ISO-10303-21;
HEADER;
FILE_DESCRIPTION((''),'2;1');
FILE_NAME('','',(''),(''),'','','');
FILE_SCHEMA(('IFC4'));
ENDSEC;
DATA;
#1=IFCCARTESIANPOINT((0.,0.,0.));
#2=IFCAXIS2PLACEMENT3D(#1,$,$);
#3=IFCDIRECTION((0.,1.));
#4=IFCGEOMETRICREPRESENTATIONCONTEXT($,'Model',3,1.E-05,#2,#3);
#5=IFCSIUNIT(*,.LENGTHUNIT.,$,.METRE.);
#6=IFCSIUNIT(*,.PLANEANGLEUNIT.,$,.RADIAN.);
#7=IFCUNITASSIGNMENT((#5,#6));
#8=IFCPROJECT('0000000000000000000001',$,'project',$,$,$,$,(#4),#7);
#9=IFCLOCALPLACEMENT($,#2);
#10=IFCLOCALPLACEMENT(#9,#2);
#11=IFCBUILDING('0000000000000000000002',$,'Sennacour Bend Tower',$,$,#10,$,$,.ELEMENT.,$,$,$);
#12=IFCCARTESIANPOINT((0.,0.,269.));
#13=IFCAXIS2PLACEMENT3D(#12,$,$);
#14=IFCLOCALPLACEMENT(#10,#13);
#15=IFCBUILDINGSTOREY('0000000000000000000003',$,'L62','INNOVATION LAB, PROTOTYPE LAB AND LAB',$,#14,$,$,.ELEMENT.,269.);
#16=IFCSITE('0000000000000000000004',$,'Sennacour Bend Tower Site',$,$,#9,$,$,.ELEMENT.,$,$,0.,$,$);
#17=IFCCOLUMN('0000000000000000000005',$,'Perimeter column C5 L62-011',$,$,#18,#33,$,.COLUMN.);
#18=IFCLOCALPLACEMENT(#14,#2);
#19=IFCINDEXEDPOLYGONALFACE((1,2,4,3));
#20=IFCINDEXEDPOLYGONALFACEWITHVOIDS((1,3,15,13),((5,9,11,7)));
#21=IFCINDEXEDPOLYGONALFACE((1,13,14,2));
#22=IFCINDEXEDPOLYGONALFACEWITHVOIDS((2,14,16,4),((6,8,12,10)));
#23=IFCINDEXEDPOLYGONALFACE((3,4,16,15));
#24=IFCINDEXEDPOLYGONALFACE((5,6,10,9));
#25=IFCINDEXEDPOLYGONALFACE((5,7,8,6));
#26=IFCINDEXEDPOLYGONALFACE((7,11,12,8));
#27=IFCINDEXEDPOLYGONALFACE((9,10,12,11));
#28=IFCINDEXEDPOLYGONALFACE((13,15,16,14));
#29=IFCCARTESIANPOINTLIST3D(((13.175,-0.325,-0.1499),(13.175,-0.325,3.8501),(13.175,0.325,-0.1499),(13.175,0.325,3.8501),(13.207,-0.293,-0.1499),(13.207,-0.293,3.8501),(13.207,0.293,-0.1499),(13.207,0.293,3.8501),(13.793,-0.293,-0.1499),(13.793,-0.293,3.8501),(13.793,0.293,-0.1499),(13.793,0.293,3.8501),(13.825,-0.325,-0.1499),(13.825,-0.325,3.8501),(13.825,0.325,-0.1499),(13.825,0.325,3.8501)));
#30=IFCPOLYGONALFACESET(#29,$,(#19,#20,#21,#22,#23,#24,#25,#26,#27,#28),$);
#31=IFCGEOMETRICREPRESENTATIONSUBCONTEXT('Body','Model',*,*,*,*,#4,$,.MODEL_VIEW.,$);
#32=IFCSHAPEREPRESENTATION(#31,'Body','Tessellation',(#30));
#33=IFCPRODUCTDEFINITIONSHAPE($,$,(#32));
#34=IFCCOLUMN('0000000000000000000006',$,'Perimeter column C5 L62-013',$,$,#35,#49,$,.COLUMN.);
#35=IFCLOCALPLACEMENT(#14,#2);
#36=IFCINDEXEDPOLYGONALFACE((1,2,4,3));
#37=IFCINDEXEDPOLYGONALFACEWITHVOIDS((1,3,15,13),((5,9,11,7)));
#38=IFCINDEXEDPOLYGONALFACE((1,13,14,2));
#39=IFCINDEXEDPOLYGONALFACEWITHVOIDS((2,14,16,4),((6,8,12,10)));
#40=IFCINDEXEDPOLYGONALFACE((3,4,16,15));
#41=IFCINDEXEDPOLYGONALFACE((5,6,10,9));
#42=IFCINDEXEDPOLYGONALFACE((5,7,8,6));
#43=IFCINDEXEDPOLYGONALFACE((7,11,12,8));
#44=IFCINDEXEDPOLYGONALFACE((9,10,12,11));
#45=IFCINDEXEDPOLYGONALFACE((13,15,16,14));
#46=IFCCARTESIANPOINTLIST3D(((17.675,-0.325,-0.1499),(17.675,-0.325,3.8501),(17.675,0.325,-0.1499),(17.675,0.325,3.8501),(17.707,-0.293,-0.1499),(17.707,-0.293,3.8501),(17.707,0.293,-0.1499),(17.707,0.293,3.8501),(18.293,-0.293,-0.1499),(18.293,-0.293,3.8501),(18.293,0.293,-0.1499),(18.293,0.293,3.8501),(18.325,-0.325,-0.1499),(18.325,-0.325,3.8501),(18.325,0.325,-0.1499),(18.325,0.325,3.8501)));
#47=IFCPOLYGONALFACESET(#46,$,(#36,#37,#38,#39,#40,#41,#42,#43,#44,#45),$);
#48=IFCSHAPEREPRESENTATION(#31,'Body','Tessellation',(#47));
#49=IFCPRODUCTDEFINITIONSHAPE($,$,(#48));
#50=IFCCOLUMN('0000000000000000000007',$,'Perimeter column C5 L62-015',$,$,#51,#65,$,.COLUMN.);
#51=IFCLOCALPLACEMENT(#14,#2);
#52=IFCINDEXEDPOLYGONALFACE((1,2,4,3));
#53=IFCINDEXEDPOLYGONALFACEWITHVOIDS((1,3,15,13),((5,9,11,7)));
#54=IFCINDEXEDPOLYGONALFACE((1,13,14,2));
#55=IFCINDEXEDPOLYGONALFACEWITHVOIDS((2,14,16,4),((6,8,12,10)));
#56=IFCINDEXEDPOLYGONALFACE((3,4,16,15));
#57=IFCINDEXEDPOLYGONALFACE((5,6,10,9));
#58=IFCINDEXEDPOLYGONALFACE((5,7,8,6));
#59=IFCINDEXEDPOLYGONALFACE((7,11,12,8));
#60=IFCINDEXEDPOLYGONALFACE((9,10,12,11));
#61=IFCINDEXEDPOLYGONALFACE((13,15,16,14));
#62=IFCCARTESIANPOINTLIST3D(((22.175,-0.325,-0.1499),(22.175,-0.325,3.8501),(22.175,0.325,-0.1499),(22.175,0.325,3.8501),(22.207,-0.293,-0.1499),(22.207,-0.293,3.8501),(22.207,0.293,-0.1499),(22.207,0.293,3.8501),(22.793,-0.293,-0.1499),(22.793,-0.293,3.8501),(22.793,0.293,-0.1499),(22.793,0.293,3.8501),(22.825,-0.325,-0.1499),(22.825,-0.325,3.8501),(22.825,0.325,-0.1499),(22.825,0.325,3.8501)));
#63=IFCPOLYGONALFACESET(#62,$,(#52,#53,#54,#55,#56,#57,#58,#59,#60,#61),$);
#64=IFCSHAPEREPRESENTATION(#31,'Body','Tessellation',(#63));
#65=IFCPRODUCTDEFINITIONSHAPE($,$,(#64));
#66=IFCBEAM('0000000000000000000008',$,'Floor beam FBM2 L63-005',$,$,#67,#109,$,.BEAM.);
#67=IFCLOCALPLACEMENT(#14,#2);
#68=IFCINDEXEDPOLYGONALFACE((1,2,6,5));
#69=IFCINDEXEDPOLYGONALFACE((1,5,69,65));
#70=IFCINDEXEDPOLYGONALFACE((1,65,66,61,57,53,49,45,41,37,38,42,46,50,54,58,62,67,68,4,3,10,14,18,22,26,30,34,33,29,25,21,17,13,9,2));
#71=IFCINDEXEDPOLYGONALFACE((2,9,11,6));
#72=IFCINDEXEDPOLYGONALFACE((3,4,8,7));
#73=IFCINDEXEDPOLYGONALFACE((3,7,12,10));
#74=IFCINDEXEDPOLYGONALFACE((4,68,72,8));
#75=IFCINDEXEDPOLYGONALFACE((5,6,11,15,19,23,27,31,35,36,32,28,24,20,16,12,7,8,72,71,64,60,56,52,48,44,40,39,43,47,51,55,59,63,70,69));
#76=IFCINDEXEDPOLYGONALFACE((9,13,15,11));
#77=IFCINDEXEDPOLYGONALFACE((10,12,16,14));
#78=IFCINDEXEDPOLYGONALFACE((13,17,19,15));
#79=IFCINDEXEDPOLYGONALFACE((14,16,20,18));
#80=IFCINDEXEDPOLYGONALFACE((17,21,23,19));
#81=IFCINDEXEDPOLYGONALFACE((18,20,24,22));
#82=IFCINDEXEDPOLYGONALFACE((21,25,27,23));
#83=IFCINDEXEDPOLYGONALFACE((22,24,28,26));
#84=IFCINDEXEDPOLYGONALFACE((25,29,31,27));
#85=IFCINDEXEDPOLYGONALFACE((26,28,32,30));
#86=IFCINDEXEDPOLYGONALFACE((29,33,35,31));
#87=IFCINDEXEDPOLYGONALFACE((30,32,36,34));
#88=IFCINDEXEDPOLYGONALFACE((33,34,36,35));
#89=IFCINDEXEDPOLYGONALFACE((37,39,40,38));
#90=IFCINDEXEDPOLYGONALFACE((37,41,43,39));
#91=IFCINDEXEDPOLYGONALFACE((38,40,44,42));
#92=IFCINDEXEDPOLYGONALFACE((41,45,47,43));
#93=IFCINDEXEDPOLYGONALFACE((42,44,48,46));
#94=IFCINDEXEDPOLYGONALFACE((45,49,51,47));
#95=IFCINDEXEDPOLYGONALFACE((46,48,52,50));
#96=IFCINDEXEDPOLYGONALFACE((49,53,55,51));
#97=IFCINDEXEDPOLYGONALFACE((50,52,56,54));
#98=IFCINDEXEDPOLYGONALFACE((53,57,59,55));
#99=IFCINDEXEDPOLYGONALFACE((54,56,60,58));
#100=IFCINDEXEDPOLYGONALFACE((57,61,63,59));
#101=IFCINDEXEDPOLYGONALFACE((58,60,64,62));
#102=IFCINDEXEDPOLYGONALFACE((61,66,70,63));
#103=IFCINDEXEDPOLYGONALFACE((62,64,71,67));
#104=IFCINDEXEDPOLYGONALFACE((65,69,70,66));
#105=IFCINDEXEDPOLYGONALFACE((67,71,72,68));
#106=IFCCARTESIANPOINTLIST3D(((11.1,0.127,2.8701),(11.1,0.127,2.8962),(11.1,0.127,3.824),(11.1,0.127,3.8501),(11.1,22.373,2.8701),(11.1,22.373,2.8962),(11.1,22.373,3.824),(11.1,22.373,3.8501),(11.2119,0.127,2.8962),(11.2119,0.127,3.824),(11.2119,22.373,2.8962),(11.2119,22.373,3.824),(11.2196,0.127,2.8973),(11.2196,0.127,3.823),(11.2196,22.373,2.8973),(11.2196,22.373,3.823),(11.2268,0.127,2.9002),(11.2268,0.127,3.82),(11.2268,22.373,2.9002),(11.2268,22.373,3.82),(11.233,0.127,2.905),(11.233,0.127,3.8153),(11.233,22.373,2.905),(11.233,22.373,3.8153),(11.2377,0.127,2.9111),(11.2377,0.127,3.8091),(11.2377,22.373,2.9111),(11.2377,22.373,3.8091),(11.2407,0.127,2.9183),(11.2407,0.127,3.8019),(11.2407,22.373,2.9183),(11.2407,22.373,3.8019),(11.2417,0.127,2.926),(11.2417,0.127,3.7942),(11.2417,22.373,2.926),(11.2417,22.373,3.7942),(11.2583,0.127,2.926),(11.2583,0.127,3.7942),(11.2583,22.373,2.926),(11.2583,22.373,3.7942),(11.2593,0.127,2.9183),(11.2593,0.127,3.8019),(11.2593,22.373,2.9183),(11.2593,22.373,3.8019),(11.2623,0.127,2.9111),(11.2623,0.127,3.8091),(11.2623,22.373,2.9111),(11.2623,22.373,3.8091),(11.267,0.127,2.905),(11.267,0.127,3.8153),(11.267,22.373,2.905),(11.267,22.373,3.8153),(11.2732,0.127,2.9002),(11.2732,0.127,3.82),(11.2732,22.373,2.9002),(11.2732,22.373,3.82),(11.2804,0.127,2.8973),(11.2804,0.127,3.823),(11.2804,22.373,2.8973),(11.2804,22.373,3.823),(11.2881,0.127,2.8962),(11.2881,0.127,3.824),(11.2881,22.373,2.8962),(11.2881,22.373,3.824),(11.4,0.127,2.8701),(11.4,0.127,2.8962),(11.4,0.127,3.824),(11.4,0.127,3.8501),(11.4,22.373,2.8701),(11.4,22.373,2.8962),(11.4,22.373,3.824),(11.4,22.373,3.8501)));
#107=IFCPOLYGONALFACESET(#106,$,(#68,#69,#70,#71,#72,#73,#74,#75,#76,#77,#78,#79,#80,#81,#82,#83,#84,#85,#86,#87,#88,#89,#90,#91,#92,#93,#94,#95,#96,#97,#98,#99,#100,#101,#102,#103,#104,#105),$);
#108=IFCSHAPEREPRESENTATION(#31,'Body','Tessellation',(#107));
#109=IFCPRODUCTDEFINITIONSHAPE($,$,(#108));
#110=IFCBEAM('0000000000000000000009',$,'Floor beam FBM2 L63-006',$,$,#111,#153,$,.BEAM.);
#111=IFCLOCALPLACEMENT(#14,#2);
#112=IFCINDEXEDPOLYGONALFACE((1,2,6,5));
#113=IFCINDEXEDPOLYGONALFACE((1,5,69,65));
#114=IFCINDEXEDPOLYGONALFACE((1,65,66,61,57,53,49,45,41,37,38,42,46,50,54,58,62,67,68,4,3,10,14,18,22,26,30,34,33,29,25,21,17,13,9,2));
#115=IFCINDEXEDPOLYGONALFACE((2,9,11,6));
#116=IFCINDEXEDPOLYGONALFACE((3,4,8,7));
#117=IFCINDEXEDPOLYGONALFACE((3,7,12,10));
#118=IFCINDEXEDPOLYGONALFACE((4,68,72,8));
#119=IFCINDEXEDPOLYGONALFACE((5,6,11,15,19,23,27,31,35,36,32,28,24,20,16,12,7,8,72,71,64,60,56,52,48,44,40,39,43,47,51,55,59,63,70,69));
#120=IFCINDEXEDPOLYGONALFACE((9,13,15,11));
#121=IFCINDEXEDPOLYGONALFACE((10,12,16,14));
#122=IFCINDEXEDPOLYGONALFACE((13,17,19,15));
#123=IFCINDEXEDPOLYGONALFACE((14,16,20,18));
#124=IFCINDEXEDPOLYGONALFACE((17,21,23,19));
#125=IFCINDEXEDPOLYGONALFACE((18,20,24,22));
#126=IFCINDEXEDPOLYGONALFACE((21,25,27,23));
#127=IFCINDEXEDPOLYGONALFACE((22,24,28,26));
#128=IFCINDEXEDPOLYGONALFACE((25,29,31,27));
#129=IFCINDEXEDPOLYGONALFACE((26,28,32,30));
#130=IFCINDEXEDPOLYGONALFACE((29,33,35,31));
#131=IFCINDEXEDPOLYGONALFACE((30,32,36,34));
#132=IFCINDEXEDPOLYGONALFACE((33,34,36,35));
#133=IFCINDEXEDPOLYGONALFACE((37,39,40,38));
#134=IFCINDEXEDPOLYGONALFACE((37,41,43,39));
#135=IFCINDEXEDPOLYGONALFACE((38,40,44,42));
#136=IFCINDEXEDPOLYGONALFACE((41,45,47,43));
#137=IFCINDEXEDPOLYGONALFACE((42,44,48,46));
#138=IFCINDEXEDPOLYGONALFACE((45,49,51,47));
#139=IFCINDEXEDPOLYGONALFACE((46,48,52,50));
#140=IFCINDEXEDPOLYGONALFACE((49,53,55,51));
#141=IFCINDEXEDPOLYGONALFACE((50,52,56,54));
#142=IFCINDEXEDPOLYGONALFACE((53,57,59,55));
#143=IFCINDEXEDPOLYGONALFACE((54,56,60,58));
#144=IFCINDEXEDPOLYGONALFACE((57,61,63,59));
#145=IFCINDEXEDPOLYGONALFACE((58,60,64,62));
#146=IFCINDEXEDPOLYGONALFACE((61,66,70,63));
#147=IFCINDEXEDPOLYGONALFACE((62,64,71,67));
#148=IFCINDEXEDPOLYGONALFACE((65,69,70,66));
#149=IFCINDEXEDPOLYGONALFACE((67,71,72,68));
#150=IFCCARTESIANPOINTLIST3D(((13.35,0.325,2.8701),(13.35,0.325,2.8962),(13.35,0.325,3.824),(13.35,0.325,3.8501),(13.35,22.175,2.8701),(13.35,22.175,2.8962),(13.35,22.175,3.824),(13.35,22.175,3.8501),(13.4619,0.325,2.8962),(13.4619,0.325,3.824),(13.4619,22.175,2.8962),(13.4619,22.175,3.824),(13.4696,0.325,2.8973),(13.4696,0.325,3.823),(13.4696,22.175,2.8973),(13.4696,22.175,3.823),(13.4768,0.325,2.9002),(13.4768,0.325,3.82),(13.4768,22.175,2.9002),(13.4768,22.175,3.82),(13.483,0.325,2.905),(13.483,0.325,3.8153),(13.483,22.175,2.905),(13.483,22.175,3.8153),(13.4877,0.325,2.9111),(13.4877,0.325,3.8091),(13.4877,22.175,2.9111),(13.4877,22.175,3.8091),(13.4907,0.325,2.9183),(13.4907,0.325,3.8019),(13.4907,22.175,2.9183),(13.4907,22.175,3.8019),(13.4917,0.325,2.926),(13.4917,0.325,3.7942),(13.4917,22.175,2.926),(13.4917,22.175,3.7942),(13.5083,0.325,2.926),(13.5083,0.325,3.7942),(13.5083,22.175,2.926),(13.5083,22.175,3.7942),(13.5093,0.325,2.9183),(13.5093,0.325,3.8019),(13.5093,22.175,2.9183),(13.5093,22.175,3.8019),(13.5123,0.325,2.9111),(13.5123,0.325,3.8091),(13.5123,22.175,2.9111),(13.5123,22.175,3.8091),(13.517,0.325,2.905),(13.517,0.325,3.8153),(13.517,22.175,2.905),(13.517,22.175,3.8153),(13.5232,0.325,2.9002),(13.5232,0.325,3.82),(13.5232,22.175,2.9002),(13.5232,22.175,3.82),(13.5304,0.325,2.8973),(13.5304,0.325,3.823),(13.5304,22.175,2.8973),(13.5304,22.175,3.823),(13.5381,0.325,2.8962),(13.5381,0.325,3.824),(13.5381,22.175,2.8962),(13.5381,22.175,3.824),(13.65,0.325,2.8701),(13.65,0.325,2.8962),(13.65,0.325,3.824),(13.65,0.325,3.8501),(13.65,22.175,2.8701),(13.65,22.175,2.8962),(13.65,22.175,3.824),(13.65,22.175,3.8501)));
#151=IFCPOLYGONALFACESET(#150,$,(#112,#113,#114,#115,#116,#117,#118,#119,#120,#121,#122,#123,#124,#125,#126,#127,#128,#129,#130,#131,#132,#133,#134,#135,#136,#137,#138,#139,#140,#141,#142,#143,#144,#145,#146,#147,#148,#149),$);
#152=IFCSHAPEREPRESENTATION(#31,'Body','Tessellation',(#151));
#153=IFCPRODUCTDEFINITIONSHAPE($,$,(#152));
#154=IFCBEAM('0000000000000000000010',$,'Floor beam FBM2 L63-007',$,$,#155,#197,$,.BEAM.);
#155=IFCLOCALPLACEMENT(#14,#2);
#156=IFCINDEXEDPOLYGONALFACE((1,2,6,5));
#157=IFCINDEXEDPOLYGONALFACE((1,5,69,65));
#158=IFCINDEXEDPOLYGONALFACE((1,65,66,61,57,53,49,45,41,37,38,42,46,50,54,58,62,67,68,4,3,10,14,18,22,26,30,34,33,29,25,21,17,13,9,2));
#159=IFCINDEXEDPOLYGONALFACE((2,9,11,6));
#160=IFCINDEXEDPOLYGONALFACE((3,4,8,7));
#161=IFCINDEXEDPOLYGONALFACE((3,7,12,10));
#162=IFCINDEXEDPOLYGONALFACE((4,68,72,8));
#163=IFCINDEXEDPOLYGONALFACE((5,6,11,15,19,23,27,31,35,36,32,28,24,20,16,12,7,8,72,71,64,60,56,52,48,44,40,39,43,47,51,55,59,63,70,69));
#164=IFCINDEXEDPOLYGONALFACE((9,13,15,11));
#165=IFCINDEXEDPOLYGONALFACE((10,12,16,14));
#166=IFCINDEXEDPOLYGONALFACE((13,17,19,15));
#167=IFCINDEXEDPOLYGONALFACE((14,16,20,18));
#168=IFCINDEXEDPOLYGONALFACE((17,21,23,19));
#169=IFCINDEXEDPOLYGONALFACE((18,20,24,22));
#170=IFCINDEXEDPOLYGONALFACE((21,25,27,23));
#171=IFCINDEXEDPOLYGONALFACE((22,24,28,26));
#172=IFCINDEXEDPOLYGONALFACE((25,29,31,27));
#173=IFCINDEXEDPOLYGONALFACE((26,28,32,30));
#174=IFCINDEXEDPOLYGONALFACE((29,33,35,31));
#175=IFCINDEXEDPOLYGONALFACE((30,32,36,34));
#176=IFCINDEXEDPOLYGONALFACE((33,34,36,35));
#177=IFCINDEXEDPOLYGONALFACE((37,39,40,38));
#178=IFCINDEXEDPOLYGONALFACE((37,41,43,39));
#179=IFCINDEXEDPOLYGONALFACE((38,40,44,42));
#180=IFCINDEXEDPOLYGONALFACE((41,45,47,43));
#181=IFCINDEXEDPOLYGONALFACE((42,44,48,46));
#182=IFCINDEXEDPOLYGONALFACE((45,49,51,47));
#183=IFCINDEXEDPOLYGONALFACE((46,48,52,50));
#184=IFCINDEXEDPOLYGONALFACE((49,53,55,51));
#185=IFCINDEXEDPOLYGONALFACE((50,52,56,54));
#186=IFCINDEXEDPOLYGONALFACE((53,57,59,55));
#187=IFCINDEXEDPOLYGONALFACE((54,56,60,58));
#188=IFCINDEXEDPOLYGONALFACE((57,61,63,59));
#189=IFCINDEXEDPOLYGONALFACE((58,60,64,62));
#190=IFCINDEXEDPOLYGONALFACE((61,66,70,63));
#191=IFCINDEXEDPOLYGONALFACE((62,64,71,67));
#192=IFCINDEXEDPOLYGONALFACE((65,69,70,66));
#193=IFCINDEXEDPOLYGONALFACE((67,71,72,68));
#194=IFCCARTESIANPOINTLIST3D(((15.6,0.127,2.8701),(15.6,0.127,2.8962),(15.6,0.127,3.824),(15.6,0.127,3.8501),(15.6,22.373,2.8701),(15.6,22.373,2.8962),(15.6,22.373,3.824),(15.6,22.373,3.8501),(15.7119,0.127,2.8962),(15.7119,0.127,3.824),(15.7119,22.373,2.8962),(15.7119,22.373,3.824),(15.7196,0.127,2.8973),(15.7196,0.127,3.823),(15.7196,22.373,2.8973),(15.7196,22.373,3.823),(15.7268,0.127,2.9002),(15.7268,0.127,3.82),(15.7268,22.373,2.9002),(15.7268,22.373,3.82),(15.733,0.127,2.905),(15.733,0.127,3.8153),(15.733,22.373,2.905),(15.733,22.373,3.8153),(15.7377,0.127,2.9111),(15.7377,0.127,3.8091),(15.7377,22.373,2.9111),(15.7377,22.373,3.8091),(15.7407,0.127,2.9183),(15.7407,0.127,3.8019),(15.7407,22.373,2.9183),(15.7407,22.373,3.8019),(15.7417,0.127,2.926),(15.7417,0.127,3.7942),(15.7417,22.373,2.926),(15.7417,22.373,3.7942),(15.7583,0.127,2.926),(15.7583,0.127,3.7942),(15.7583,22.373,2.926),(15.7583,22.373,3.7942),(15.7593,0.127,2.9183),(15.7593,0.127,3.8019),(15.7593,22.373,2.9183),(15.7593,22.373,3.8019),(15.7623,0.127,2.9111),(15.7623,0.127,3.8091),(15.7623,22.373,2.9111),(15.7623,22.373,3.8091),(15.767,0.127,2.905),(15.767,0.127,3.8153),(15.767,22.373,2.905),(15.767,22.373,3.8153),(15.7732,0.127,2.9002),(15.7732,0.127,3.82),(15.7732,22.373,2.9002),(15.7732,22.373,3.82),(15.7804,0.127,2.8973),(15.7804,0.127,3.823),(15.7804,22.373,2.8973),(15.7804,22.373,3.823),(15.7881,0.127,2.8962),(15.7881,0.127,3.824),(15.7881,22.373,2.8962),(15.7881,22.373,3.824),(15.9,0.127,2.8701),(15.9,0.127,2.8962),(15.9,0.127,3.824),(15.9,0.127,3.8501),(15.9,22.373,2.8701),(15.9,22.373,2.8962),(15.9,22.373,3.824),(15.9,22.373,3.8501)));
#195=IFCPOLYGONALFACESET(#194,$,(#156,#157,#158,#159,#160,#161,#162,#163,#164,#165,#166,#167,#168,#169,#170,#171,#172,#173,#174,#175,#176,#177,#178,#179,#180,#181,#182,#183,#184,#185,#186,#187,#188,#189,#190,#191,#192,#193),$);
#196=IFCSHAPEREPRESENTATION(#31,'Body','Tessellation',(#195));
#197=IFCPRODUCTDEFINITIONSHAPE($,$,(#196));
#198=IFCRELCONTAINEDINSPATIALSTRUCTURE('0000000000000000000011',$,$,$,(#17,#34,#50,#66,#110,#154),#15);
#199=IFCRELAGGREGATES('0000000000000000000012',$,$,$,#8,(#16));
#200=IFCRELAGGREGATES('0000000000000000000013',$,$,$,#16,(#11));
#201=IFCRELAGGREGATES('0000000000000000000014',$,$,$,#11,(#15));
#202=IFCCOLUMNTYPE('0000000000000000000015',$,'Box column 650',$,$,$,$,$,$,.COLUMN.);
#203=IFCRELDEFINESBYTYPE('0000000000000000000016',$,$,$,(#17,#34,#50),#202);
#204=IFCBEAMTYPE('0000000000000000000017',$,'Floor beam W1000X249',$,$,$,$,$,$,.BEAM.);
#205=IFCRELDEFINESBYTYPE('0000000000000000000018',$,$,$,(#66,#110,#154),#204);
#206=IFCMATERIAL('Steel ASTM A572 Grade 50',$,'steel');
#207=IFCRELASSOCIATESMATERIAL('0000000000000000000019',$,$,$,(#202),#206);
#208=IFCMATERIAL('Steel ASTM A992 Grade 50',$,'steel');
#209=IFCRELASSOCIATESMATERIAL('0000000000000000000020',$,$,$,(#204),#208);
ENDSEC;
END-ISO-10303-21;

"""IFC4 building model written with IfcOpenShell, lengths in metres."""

from ifc_helpers import new_model, si_unit, direction, frame, origin, origin_2d, place, context, subcontext, project, spatial, hollow_rectangle, i_section, extrude, material, material_profile, profile_set, type_object, element, save


model = new_model("IFC4")

# Units and contexts
model_context = context("Model", 3, precision=1e-05, world=origin(), true_north=direction((0.0, 1.0)))
body_context = subcontext(model_context, "Body", "Model", "MODEL_VIEW")
ifc_project = project(units=[si_unit("LENGTHUNIT", "METRE"), si_unit("PLANEANGLEUNIT", "RADIAN")], contexts=[model_context])

# Site, building, storey
site_placement = place(None, origin())
site = spatial("IfcSite", under=ifc_project, at=site_placement, Name="Sennacour Bend Tower Site", CompositionType="ELEMENT", RefElevation=0.0)
building_placement = place(site_placement, origin())
building = spatial("IfcBuilding", under=site, at=building_placement, Name="Sennacour Bend Tower", CompositionType="ELEMENT")
storey_placement = place(building_placement, frame((0.0, 0.0, 269.0)))
storey = spatial("IfcBuildingStorey", under=building, at=storey_placement, Name="L62", Description="INNOVATION LAB, PROTOTYPE LAB AND LAB", CompositionType="ELEMENT", Elevation=269.0)

# Columns
ifc_material_1 = material(Name="Steel ASTM A572 Grade 50", Category="steel")
ifc_material_profile_1 = material_profile(ifc_material_1, hollow_rectangle(XDim=0.6499, YDim=0.6499, WallThickness=0.032, at=origin_2d()), Name="Steel ASTM A572 Grade 50", Category="steel")
ifc_profile_set_1 = profile_set([ifc_material_profile_1], Name="Steel ASTM A572 Grade 50")
column_type = type_object("IfcColumnType", Name="Box column 650", PredefinedType="COLUMN", material=ifc_profile_set_1)
for number, where, z_axis, x_axis, name in (
    (1, (13.5, 0.0, -0.1499), (0.0, 0.0, 1.0), (1.0, 0.0, 0.0), "Perimeter column C5 L62-011"),
    (2, (18.0, 0.0, -0.1499), (0.0, 0.0, 1.0), (1.0, 0.0, 0.0), "Perimeter column C5 L62-013"),
    (3, (22.5, 0.0, -0.1499), (0.0, 0.0, 1.0), (1.0, 0.0, 0.0), "Perimeter column C5 L62-015"),
):
    element("IfcColumn", number, at=place(storey_placement, frame(where, z_axis=z_axis, x_axis=x_axis)), inside=storey, type_object=column_type, Name=name, PredefinedType="COLUMN", context=body_context, shape_type="SweptSolid", body=[
        extrude(hollow_rectangle(XDim=0.6499, YDim=0.6499, WallThickness=0.032, at=origin_2d()), origin(), (0.0, 0.0, 1.0), 4.0),
    ])

# Beams
ifc_material_2 = material(Name="Steel ASTM A992 Grade 50", Category="steel")
ifc_material_profile_2 = material_profile(ifc_material_2, i_section(OverallWidth=0.3, OverallDepth=0.98, WebThickness=0.0166, FlangeThickness=0.0261, FilletRadius=0.0298, at=origin_2d()), Name="Steel ASTM A992 Grade 50", Category="steel")
ifc_profile_set_2 = profile_set([ifc_material_profile_2], Name="Steel ASTM A992 Grade 50")
beam_type_1 = type_object("IfcBeamType", Name="Floor beam W1000X249", PredefinedType="BEAM", material=ifc_profile_set_2)
beam_1_placement = place(storey_placement, frame((11.25, 0.127, 3.3601), z_axis=(0.0, 1.0, 0.0), x_axis=(-1.0, 0.0, 0.0)))
element("IfcBeam", 4, at=beam_1_placement, inside=storey, type_object=beam_type_1, Name="Floor beam FBM2 L63-005", PredefinedType="BEAM", context=body_context, shape_type="SweptSolid", body=[
    extrude(i_section(OverallWidth=0.3, OverallDepth=0.98, WebThickness=0.0166, FlangeThickness=0.0261, FilletRadius=0.0298, at=origin_2d()), origin(), (0.0, 0.0, 1.0), 22.2461),
])
beam_2_placement = place(storey_placement, frame((13.5, 0.325, 3.3601), z_axis=(0.0, 1.0, 0.0), x_axis=(-1.0, 0.0, 0.0)))
element("IfcBeam", 5, at=beam_2_placement, inside=storey, type_object=beam_type_1, Name="Floor beam FBM2 L63-006", PredefinedType="BEAM", context=body_context, shape_type="SweptSolid", body=[
    extrude(i_section(OverallWidth=0.3, OverallDepth=0.98, WebThickness=0.0166, FlangeThickness=0.0261, FilletRadius=0.0298, at=origin_2d()), origin(), (0.0, 0.0, 1.0), 21.8501),
])
for number, where, z_axis, x_axis, name in (
    (6, (15.75, 0.127, 3.3601), (0.0, 1.0, 0.0), (-1.0, 0.0, 0.0), "Floor beam FBM2 L63-007"),
):
    element("IfcBeam", number, at=place(storey_placement, frame(where, z_axis=z_axis, x_axis=x_axis)), inside=storey, type_object=beam_type_1, Name=name, PredefinedType="BEAM", context=body_context, shape_type="SweptSolid", body=[
        extrude(i_section(OverallWidth=0.3, OverallDepth=0.98, WebThickness=0.0166, FlangeThickness=0.0261, FilletRadius=0.0298, at=origin_2d()), origin(), (0.0, 0.0, 1.0), 22.2461),
    ])

save(model, "model.ifc")
